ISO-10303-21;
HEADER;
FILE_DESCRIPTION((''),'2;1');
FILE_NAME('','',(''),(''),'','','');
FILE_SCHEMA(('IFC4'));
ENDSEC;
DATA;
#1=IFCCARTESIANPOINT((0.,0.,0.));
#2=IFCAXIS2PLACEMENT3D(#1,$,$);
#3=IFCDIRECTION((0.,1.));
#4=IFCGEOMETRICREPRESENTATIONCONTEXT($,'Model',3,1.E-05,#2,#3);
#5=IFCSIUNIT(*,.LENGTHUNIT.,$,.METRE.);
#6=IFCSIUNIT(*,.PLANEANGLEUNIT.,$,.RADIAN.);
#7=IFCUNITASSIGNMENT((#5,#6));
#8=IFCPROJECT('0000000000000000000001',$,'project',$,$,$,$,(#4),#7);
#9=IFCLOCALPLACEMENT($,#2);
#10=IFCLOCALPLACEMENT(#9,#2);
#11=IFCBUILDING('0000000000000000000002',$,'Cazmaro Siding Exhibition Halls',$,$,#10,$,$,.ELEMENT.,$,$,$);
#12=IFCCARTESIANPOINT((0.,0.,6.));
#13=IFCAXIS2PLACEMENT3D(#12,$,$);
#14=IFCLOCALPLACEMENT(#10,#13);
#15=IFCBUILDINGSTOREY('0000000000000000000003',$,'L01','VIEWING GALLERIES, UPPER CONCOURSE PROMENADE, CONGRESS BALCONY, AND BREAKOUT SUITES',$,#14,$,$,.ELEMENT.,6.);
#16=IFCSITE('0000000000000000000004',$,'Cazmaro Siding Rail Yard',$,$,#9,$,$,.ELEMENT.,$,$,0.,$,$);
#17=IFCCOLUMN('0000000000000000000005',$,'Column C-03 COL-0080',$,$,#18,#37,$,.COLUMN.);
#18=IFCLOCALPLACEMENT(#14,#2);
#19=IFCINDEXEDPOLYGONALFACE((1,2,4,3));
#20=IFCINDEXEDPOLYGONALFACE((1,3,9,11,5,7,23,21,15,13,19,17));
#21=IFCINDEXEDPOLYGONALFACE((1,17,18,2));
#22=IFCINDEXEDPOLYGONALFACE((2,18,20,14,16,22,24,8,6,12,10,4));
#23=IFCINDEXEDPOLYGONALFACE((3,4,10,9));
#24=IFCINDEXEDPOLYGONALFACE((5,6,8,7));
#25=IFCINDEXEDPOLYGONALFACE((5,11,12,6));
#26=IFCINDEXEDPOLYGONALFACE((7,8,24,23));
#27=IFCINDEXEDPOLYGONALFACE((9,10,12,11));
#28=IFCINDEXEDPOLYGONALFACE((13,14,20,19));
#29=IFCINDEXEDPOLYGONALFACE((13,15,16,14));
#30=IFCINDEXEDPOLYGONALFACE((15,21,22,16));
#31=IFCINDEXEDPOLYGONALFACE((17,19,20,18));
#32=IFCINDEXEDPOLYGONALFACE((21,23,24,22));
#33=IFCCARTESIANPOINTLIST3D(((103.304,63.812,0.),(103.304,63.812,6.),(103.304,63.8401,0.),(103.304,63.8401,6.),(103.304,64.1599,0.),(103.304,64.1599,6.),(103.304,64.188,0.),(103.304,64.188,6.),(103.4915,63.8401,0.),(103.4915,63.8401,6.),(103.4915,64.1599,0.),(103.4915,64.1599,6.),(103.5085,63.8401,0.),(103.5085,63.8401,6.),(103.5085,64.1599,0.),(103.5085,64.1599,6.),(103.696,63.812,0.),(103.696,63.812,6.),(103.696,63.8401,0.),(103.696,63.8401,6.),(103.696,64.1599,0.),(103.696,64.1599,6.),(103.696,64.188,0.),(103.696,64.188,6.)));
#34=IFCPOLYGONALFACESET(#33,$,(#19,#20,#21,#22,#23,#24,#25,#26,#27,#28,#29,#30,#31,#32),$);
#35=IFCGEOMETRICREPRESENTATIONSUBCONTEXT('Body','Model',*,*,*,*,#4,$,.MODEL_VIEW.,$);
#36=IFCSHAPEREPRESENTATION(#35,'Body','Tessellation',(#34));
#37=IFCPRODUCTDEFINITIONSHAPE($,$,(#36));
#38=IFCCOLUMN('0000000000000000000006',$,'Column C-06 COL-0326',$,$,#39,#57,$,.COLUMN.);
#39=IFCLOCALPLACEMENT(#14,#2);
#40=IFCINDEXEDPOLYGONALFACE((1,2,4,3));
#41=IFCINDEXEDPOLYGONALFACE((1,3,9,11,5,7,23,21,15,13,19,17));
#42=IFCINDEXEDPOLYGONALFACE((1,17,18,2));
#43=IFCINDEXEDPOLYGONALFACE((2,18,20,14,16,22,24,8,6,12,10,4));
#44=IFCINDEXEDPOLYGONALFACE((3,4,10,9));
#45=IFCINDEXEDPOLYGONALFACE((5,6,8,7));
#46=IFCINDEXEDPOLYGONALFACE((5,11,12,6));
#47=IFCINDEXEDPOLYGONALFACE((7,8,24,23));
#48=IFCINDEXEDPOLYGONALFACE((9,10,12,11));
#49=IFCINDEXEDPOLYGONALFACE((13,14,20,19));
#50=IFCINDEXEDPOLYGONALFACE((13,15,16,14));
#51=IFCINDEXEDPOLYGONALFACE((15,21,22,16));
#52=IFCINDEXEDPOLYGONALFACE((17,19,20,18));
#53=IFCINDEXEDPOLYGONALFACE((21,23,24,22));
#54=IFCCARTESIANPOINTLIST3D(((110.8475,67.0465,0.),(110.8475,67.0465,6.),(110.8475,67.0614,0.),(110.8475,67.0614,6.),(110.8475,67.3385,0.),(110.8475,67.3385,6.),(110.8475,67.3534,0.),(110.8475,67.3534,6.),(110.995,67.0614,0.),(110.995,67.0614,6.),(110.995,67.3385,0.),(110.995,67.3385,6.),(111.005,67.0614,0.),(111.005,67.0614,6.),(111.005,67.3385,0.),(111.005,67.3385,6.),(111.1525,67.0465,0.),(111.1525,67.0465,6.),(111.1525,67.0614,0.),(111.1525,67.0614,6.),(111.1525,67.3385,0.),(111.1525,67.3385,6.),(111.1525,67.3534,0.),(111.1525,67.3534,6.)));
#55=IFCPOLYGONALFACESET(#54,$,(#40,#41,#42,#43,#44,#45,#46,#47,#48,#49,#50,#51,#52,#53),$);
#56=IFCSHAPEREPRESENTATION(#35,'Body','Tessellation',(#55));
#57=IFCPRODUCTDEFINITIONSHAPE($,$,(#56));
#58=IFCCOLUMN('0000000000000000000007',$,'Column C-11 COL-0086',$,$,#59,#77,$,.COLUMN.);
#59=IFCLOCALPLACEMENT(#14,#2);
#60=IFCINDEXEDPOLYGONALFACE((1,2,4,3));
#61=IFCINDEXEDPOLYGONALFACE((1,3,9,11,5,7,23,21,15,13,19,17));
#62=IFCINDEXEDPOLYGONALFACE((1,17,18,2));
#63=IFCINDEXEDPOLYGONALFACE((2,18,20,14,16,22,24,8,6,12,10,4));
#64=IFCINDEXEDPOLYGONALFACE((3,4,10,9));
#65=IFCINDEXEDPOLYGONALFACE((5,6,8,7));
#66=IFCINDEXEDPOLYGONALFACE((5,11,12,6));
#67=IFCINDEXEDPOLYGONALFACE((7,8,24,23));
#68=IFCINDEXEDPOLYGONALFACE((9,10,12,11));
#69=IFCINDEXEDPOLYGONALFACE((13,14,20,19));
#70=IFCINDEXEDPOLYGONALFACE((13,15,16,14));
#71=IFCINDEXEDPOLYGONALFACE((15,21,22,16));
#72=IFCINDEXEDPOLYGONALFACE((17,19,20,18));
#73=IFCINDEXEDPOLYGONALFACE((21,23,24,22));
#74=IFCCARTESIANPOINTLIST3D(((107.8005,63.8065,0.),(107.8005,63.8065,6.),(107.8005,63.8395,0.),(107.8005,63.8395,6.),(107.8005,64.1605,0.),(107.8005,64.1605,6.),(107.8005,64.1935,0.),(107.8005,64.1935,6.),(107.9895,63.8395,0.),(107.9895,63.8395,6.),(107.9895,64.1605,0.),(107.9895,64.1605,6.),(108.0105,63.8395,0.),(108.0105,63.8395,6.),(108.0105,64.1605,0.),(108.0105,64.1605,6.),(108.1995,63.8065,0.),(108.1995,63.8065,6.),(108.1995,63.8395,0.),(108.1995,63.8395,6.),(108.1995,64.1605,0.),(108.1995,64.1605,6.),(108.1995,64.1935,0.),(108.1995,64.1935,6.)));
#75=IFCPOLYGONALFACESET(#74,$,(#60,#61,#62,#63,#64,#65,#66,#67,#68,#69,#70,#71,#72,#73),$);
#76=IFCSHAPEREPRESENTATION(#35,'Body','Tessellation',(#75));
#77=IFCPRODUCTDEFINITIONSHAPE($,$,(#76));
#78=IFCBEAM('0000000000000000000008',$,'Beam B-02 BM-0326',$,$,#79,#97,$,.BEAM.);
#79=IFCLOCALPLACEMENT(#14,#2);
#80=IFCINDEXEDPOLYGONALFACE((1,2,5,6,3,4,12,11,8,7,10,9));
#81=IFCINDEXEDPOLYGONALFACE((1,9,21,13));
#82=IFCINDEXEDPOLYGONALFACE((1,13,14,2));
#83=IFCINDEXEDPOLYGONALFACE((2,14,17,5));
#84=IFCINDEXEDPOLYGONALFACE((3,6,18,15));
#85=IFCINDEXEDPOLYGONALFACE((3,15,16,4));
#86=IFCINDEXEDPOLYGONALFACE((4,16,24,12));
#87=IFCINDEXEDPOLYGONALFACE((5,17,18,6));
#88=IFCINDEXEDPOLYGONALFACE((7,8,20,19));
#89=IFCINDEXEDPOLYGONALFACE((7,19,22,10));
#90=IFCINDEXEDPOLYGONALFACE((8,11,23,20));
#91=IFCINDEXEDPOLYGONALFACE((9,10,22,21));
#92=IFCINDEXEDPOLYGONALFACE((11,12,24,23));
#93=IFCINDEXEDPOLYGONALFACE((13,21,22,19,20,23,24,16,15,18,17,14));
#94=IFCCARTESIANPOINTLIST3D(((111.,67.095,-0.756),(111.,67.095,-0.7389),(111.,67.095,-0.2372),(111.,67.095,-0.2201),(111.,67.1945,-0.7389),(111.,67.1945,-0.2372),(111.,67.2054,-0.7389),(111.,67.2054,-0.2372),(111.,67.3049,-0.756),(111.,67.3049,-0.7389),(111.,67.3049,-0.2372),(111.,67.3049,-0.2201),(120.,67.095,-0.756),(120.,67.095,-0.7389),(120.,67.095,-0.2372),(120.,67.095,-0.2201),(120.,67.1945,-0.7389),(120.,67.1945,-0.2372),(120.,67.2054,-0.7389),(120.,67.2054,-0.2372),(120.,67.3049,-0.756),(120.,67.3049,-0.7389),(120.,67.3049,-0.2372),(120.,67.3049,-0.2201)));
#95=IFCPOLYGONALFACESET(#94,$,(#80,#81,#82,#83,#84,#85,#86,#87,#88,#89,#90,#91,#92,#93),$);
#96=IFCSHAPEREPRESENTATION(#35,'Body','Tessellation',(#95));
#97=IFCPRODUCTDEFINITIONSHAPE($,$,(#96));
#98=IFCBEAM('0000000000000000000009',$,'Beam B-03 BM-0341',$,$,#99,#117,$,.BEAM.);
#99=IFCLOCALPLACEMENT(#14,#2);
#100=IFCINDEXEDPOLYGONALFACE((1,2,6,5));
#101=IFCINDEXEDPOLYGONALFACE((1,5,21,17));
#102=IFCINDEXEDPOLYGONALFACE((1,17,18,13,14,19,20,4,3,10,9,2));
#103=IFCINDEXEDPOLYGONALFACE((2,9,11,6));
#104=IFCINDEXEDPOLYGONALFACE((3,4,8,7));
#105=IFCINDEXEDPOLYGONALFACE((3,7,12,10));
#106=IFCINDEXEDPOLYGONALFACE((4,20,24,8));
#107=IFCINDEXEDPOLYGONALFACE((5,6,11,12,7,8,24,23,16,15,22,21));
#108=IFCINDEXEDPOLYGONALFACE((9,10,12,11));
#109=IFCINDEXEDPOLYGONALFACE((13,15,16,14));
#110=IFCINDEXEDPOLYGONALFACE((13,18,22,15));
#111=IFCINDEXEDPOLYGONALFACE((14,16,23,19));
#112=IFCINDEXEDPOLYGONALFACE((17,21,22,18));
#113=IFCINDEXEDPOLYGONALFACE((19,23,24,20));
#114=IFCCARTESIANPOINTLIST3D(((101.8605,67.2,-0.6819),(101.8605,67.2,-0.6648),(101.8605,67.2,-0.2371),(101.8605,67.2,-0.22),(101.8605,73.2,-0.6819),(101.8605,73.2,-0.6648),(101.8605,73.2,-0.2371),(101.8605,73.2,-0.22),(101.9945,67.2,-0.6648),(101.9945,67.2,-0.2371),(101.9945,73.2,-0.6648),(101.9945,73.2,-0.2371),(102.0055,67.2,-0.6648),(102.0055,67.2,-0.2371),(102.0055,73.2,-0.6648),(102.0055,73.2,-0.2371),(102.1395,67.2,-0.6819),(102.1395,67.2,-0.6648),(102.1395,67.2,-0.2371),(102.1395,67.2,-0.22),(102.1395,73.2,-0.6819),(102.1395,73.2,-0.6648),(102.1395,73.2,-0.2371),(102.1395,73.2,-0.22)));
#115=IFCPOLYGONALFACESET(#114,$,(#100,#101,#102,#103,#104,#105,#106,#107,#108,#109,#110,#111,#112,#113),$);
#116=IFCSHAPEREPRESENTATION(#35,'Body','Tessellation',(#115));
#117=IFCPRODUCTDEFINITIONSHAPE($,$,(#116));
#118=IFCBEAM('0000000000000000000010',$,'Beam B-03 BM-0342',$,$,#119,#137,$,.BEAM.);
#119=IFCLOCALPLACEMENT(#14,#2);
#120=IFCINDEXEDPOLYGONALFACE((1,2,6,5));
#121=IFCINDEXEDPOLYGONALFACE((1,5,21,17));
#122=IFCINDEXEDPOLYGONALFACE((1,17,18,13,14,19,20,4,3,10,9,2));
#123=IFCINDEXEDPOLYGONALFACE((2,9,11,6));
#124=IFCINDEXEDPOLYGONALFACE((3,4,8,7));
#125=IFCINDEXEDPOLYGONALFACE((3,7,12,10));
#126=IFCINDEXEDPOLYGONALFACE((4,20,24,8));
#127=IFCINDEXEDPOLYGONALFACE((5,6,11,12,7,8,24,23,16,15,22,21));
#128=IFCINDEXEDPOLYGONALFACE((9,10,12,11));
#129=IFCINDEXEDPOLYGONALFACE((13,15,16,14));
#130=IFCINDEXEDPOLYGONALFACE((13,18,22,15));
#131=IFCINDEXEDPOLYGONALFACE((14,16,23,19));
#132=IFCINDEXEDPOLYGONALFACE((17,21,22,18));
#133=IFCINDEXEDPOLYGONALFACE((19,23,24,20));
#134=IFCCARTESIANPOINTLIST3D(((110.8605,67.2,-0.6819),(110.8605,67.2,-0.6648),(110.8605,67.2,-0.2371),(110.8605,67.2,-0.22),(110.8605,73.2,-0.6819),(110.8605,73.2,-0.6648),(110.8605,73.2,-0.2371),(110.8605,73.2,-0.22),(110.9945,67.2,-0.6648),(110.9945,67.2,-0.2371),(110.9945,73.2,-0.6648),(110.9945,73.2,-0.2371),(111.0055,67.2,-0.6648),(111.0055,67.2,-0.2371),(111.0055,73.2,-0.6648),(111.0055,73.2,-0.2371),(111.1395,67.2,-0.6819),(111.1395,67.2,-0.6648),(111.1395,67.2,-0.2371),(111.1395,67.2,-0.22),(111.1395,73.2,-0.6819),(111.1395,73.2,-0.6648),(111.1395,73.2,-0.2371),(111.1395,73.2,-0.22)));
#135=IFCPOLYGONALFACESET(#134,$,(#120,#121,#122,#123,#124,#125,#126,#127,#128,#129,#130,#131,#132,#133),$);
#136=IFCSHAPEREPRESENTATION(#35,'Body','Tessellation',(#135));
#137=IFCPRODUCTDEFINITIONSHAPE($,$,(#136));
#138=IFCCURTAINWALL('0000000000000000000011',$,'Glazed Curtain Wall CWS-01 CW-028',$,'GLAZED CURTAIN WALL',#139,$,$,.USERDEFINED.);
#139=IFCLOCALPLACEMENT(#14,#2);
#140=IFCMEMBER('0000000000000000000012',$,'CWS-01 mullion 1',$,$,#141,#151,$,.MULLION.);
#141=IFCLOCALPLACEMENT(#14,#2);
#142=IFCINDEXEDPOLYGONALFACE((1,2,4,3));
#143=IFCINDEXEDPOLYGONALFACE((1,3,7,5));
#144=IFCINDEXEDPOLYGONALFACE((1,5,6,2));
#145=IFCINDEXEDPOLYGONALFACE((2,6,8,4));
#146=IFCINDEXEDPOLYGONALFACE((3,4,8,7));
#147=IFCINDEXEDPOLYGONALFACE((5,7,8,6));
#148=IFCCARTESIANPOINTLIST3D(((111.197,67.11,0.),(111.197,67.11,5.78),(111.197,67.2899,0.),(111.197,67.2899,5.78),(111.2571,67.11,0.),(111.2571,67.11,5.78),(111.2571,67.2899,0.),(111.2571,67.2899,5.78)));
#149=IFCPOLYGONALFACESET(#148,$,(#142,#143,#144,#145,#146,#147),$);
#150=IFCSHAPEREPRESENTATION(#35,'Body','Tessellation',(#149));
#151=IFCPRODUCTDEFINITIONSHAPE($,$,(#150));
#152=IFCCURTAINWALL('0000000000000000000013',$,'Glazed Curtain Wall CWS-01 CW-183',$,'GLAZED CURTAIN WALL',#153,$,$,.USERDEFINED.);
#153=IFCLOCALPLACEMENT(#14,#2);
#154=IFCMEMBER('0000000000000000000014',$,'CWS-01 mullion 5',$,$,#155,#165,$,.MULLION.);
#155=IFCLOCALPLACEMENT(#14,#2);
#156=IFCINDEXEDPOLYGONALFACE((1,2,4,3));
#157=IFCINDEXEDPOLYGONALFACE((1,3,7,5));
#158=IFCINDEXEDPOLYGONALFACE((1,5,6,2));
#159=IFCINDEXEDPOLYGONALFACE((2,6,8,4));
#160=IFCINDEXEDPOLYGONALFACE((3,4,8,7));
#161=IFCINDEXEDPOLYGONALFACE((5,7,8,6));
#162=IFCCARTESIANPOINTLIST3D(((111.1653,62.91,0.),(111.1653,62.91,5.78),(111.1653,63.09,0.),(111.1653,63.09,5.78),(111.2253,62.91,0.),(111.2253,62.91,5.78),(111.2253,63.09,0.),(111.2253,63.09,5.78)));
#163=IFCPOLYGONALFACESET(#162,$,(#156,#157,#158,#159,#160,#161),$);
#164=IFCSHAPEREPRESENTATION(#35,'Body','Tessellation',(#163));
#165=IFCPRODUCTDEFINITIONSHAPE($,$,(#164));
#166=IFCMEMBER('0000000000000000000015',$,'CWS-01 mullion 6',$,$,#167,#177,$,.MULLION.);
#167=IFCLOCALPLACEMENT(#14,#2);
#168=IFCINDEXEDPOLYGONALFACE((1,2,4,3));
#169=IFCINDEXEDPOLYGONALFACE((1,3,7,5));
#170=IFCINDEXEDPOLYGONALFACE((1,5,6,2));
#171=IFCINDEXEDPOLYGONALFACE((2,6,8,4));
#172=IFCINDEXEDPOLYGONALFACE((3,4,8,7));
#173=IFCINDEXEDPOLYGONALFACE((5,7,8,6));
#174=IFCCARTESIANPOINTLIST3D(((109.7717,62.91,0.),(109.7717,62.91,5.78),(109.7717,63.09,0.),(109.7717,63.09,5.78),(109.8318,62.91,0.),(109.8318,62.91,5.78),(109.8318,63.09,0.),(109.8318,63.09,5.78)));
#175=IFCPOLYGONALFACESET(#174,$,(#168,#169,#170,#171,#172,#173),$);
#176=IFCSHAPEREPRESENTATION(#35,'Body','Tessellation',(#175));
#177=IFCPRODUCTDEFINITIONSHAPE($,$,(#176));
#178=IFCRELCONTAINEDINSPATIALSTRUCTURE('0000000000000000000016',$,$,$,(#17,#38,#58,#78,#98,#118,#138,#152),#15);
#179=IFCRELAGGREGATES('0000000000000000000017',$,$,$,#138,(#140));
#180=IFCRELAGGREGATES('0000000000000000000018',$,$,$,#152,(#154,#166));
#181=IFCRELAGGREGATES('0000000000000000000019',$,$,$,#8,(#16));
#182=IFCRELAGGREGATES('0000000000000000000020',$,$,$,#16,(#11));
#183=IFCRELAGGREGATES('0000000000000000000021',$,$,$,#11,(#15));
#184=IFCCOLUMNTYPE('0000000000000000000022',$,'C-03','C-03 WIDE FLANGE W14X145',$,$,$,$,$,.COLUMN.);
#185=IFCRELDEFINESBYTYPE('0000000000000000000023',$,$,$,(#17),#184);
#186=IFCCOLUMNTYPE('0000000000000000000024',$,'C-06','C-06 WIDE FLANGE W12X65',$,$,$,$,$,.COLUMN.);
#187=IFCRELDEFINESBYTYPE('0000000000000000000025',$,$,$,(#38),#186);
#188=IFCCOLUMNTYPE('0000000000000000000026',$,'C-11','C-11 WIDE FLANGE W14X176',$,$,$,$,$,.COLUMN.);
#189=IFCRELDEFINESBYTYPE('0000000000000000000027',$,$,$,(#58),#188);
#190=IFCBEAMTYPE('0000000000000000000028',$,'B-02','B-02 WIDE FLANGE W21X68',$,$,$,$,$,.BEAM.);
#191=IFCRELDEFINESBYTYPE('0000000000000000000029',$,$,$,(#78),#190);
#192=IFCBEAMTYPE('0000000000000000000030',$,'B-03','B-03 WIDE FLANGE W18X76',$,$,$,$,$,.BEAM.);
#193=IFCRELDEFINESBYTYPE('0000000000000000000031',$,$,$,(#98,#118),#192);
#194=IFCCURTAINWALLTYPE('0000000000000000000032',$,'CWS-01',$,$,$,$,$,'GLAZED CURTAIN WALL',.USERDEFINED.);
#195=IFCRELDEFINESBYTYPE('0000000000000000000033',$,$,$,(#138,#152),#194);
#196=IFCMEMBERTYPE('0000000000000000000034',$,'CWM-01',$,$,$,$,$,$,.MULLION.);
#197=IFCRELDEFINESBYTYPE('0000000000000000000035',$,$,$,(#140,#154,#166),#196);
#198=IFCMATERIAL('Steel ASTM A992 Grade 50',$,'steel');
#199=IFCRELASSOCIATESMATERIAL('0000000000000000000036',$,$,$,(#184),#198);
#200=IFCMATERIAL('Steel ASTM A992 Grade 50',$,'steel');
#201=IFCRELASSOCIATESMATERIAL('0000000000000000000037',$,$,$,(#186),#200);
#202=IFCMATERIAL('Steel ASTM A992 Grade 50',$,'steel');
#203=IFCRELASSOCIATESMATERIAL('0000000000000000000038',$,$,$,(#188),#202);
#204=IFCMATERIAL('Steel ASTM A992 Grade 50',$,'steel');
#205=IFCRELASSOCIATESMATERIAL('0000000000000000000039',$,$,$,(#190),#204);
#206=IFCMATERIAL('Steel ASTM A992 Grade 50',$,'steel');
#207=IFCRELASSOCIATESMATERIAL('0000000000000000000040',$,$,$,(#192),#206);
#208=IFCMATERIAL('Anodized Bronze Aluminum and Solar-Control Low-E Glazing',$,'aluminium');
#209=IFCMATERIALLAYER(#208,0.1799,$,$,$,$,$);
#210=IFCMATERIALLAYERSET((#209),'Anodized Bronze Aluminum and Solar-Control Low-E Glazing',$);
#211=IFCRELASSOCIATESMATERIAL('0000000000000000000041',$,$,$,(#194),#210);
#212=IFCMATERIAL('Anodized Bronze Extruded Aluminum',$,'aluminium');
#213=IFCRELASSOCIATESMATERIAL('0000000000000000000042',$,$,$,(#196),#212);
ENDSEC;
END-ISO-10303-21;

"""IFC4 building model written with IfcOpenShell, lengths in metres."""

from ifc_helpers import new_model, si_unit, direction, frame, origin, origin_2d, place, context, subcontext, project, spatial, rectangle, i_section, extrude, material, layer, layer_set, material_profile, profile_set, type_object, element, aggregate, save


model = new_model("IFC4")

# Units and contexts
model_context = context("Model", 3, precision=1e-05, world=origin(), true_north=direction((0.0, 1.0)))
body_context = subcontext(model_context, "Body", "Model", "MODEL_VIEW")
ifc_project = project(units=[si_unit("LENGTHUNIT", "METRE"), si_unit("PLANEANGLEUNIT", "RADIAN")], contexts=[model_context])

# Site, building, storey
site_placement = place(None, origin())
site = spatial("IfcSite", under=ifc_project, at=site_placement, Name="Cazmaro Siding Rail Yard", CompositionType="ELEMENT", RefElevation=0.0)
building_placement = place(site_placement, origin())
building = spatial("IfcBuilding", under=site, at=building_placement, Name="Cazmaro Siding Exhibition Halls", CompositionType="ELEMENT")
storey_placement = place(building_placement, frame((0.0, 0.0, 6.0)))
storey = spatial("IfcBuildingStorey", under=building, at=storey_placement, Name="L01", Description="VIEWING GALLERIES, UPPER CONCOURSE PROMENADE, CONGRESS BALCONY, AND BREAKOUT SUITES", CompositionType="ELEMENT", Elevation=6.0)

# Columns
ifc_material_1 = material(Name="Steel ASTM A992 Grade 50", Category="steel")
ifc_material_profile_1 = material_profile(ifc_material_1, i_section(OverallWidth=0.3921, OverallDepth=0.376, WebThickness=0.0171, FlangeThickness=0.0281, at=origin_2d()), Name="W14X145")
ifc_profile_set_1 = profile_set([ifc_material_profile_1], Name="Steel ASTM A992 Grade 50")
column_type_1 = type_object("IfcColumnType", Name="C-03", Description="C-03 WIDE FLANGE W14X145", PredefinedType="COLUMN", material=ifc_profile_set_1)
column_1_placement = place(storey_placement, frame((103.5, 64.0, 0.0), z_axis=(0.0, 0.0, 1.0), x_axis=(1.0, 0.0, 0.0)))
element("IfcColumn", 1, at=column_1_placement, inside=storey, type_object=column_type_1, Name="Column C-03 COL-0080", PredefinedType="COLUMN", context=body_context, shape_type="SweptSolid", body=[
    extrude(i_section(OverallWidth=0.3921, OverallDepth=0.376, WebThickness=0.0171, FlangeThickness=0.0281, at=origin_2d()), origin(), (0.0, 0.0, 1.0), 6.0),
])
ifc_material_2 = material(Name="Steel ASTM A992 Grade 50", Category="steel")
ifc_material_profile_2 = material_profile(ifc_material_2, i_section(OverallWidth=0.3049, OverallDepth=0.3069, WebThickness=0.01, FlangeThickness=0.0149, at=origin_2d()), Name="W12X65")
ifc_profile_set_2 = profile_set([ifc_material_profile_2], Name="Steel ASTM A992 Grade 50")
column_type_2 = type_object("IfcColumnType", Name="C-06", Description="C-06 WIDE FLANGE W12X65", PredefinedType="COLUMN", material=ifc_profile_set_2)
column_2_placement = place(storey_placement, frame((111.0, 67.2, 0.0), z_axis=(0.0, 0.0, 1.0), x_axis=(1.0, 0.0, 0.0)))
element("IfcColumn", 2, at=column_2_placement, inside=storey, type_object=column_type_2, Name="Column C-06 COL-0326", PredefinedType="COLUMN", context=body_context, shape_type="SweptSolid", body=[
    extrude(i_section(OverallWidth=0.3049, OverallDepth=0.3069, WebThickness=0.01, FlangeThickness=0.0149, at=origin_2d()), origin(), (0.0, 0.0, 1.0), 6.0),
])
ifc_material_3 = material(Name="Steel ASTM A992 Grade 50", Category="steel")
ifc_material_profile_3 = material_profile(ifc_material_3, i_section(OverallWidth=0.3989, OverallDepth=0.387, WebThickness=0.021, FlangeThickness=0.033, at=origin_2d()), Name="W14X176")
ifc_profile_set_3 = profile_set([ifc_material_profile_3], Name="Steel ASTM A992 Grade 50")
column_type_3 = type_object("IfcColumnType", Name="C-11", Description="C-11 WIDE FLANGE W14X176", PredefinedType="COLUMN", material=ifc_profile_set_3)
column_3_placement = place(storey_placement, frame((108.0, 64.0, 0.0), z_axis=(0.0, 0.0, 1.0), x_axis=(1.0, 0.0, 0.0)))
element("IfcColumn", 3, at=column_3_placement, inside=storey, type_object=column_type_3, Name="Column C-11 COL-0086", PredefinedType="COLUMN", context=body_context, shape_type="SweptSolid", body=[
    extrude(i_section(OverallWidth=0.3989, OverallDepth=0.387, WebThickness=0.021, FlangeThickness=0.033, at=origin_2d()), origin(), (0.0, 0.0, 1.0), 6.0),
])

# Beams
ifc_material_4 = material(Name="Steel ASTM A992 Grade 50", Category="steel")
ifc_material_profile_4 = material_profile(ifc_material_4, i_section(OverallWidth=0.21, OverallDepth=0.5359, WebThickness=0.011, FlangeThickness=0.0171, at=origin_2d()), Name="W21X68")
ifc_profile_set_4 = profile_set([ifc_material_profile_4], Name="Steel ASTM A992 Grade 50")
beam_type_1 = type_object("IfcBeamType", Name="B-02", Description="B-02 WIDE FLANGE W21X68", PredefinedType="BEAM", material=ifc_profile_set_4)
beam_placement = place(storey_placement, frame((111.0, 67.2, -0.488), z_axis=(1.0, 0.0, 0.0), x_axis=(0.0, 1.0, 0.0)))
element("IfcBeam", 4, at=beam_placement, inside=storey, type_object=beam_type_1, Name="Beam B-02 BM-0326", PredefinedType="BEAM", context=body_context, shape_type="SweptSolid", body=[
    extrude(i_section(OverallWidth=0.21, OverallDepth=0.5359, WebThickness=0.011, FlangeThickness=0.0171, at=origin_2d()), origin(), (0.0, 0.0, 1.0), 9.0),
])
ifc_material_5 = material(Name="Steel ASTM A992 Grade 50", Category="steel")
ifc_material_profile_5 = material_profile(ifc_material_5, i_section(OverallWidth=0.2791, OverallDepth=0.4619, WebThickness=0.011, FlangeThickness=0.0171, at=origin_2d()), Name="W18X76")
ifc_profile_set_5 = profile_set([ifc_material_profile_5], Name="Steel ASTM A992 Grade 50")
beam_type_2 = type_object("IfcBeamType", Name="B-03", Description="B-03 WIDE FLANGE W18X76", PredefinedType="BEAM", material=ifc_profile_set_5)
for number, where, z_axis, x_axis, name in (
    (5, (102.0, 67.2, -0.4509), (0.0, 1.0, 0.0), (-1.0, 0.0, 0.0), "Beam B-03 BM-0341"),
    (6, (111.0, 67.2, -0.4509), (0.0, 1.0, 0.0), (-1.0, 0.0, 0.0), "Beam B-03 BM-0342"),
):
    element("IfcBeam", number, at=place(storey_placement, frame(where, z_axis=z_axis, x_axis=x_axis)), inside=storey, type_object=beam_type_2, Name=name, PredefinedType="BEAM", context=body_context, shape_type="SweptSolid", body=[
        extrude(i_section(OverallWidth=0.2791, OverallDepth=0.4619, WebThickness=0.011, FlangeThickness=0.0171, at=origin_2d()), origin(), (0.0, 0.0, 1.0), 6.0),
    ])

# Curtain wall, member
ifc_material_6 = material(Name="Anodized Bronze Aluminum and Solar-Control Low-E Glazing", Category="aluminium")
ifc_layer_1 = layer(ifc_material_6, 0.1799)
ifc_layer_set_1 = layer_set([ifc_layer_1], Name="Anodized Bronze Aluminum and Solar-Control Low-E Glazing")
curtain_wall_type = type_object("IfcCurtainWallType", Name="CWS-01", ElementType="GLAZED CURTAIN WALL", PredefinedType="USERDEFINED", material=ifc_layer_set_1)
curtain_wall_1_placement = place(storey_placement, origin())
curtain_wall_1 = element("IfcCurtainWall", 7, at=curtain_wall_1_placement, inside=storey, type_object=curtain_wall_type, Name="Glazed Curtain Wall CWS-01 CW-028", ObjectType="GLAZED CURTAIN WALL", PredefinedType="USERDEFINED")
ifc_material_7 = material(Name="Anodized Bronze Extruded Aluminum", Category="aluminium")
ifc_material_profile_6 = material_profile(ifc_material_7, rectangle(XDim=0.1799, YDim=0.0601, at=origin_2d()), Name="CWM-01")
ifc_profile_set_6 = profile_set([ifc_material_profile_6], Name="Anodized Bronze Extruded Aluminum")
member_type_1 = type_object("IfcMemberType", Name="CWM-01", PredefinedType="MULLION", material=ifc_profile_set_6)
member_1_placement = place(storey_placement, frame((111.2271, 67.2, 0.0), z_axis=(0.0, 0.0, 1.0), x_axis=(0.0, 1.0, 0.0)))
member_1 = element("IfcMember", 8, at=member_1_placement, type_object=member_type_1, Name="CWS-01 mullion 1", PredefinedType="MULLION", context=body_context, shape_type="SweptSolid", body=[
    extrude(rectangle(XDim=0.1799, YDim=0.0601, at=origin_2d()), origin(), (0.0, 0.0, 1.0), 5.78),
])

# Curtain wall, members
curtain_wall_2_placement = place(storey_placement, origin())
curtain_wall_2 = element("IfcCurtainWall", 9, at=curtain_wall_2_placement, inside=storey, type_object=curtain_wall_type, Name="Glazed Curtain Wall CWS-01 CW-183", ObjectType="GLAZED CURTAIN WALL", PredefinedType="USERDEFINED")
member_2_placement = place(storey_placement, frame((111.1953, 63.0, 0.0), z_axis=(0.0, 0.0, 1.0), x_axis=(0.0, -1.0, 0.0)))
member_2 = element("IfcMember", 10, at=member_2_placement, type_object=member_type_1, Name="CWS-01 mullion 5", PredefinedType="MULLION", context=body_context, shape_type="SweptSolid", body=[
    extrude(rectangle(XDim=0.1799, YDim=0.0601, at=origin_2d()), origin(), (0.0, 0.0, 1.0), 5.78),
])
member_3_placement = place(storey_placement, frame((109.8018, 63.0, 0.0), z_axis=(0.0, 0.0, 1.0), x_axis=(0.0, -1.0, 0.0)))
member_3 = element("IfcMember", 11, at=member_3_placement, type_object=member_type_1, Name="CWS-01 mullion 6", PredefinedType="MULLION", context=body_context, shape_type="SweptSolid", body=[
    extrude(rectangle(XDim=0.1799, YDim=0.0601, at=origin_2d()), origin(), (0.0, 0.0, 1.0), 5.78),
])

aggregate(curtain_wall_1, [member_1])

aggregate(curtain_wall_2, [member_2, member_3])

save(model, "model.ifc")
